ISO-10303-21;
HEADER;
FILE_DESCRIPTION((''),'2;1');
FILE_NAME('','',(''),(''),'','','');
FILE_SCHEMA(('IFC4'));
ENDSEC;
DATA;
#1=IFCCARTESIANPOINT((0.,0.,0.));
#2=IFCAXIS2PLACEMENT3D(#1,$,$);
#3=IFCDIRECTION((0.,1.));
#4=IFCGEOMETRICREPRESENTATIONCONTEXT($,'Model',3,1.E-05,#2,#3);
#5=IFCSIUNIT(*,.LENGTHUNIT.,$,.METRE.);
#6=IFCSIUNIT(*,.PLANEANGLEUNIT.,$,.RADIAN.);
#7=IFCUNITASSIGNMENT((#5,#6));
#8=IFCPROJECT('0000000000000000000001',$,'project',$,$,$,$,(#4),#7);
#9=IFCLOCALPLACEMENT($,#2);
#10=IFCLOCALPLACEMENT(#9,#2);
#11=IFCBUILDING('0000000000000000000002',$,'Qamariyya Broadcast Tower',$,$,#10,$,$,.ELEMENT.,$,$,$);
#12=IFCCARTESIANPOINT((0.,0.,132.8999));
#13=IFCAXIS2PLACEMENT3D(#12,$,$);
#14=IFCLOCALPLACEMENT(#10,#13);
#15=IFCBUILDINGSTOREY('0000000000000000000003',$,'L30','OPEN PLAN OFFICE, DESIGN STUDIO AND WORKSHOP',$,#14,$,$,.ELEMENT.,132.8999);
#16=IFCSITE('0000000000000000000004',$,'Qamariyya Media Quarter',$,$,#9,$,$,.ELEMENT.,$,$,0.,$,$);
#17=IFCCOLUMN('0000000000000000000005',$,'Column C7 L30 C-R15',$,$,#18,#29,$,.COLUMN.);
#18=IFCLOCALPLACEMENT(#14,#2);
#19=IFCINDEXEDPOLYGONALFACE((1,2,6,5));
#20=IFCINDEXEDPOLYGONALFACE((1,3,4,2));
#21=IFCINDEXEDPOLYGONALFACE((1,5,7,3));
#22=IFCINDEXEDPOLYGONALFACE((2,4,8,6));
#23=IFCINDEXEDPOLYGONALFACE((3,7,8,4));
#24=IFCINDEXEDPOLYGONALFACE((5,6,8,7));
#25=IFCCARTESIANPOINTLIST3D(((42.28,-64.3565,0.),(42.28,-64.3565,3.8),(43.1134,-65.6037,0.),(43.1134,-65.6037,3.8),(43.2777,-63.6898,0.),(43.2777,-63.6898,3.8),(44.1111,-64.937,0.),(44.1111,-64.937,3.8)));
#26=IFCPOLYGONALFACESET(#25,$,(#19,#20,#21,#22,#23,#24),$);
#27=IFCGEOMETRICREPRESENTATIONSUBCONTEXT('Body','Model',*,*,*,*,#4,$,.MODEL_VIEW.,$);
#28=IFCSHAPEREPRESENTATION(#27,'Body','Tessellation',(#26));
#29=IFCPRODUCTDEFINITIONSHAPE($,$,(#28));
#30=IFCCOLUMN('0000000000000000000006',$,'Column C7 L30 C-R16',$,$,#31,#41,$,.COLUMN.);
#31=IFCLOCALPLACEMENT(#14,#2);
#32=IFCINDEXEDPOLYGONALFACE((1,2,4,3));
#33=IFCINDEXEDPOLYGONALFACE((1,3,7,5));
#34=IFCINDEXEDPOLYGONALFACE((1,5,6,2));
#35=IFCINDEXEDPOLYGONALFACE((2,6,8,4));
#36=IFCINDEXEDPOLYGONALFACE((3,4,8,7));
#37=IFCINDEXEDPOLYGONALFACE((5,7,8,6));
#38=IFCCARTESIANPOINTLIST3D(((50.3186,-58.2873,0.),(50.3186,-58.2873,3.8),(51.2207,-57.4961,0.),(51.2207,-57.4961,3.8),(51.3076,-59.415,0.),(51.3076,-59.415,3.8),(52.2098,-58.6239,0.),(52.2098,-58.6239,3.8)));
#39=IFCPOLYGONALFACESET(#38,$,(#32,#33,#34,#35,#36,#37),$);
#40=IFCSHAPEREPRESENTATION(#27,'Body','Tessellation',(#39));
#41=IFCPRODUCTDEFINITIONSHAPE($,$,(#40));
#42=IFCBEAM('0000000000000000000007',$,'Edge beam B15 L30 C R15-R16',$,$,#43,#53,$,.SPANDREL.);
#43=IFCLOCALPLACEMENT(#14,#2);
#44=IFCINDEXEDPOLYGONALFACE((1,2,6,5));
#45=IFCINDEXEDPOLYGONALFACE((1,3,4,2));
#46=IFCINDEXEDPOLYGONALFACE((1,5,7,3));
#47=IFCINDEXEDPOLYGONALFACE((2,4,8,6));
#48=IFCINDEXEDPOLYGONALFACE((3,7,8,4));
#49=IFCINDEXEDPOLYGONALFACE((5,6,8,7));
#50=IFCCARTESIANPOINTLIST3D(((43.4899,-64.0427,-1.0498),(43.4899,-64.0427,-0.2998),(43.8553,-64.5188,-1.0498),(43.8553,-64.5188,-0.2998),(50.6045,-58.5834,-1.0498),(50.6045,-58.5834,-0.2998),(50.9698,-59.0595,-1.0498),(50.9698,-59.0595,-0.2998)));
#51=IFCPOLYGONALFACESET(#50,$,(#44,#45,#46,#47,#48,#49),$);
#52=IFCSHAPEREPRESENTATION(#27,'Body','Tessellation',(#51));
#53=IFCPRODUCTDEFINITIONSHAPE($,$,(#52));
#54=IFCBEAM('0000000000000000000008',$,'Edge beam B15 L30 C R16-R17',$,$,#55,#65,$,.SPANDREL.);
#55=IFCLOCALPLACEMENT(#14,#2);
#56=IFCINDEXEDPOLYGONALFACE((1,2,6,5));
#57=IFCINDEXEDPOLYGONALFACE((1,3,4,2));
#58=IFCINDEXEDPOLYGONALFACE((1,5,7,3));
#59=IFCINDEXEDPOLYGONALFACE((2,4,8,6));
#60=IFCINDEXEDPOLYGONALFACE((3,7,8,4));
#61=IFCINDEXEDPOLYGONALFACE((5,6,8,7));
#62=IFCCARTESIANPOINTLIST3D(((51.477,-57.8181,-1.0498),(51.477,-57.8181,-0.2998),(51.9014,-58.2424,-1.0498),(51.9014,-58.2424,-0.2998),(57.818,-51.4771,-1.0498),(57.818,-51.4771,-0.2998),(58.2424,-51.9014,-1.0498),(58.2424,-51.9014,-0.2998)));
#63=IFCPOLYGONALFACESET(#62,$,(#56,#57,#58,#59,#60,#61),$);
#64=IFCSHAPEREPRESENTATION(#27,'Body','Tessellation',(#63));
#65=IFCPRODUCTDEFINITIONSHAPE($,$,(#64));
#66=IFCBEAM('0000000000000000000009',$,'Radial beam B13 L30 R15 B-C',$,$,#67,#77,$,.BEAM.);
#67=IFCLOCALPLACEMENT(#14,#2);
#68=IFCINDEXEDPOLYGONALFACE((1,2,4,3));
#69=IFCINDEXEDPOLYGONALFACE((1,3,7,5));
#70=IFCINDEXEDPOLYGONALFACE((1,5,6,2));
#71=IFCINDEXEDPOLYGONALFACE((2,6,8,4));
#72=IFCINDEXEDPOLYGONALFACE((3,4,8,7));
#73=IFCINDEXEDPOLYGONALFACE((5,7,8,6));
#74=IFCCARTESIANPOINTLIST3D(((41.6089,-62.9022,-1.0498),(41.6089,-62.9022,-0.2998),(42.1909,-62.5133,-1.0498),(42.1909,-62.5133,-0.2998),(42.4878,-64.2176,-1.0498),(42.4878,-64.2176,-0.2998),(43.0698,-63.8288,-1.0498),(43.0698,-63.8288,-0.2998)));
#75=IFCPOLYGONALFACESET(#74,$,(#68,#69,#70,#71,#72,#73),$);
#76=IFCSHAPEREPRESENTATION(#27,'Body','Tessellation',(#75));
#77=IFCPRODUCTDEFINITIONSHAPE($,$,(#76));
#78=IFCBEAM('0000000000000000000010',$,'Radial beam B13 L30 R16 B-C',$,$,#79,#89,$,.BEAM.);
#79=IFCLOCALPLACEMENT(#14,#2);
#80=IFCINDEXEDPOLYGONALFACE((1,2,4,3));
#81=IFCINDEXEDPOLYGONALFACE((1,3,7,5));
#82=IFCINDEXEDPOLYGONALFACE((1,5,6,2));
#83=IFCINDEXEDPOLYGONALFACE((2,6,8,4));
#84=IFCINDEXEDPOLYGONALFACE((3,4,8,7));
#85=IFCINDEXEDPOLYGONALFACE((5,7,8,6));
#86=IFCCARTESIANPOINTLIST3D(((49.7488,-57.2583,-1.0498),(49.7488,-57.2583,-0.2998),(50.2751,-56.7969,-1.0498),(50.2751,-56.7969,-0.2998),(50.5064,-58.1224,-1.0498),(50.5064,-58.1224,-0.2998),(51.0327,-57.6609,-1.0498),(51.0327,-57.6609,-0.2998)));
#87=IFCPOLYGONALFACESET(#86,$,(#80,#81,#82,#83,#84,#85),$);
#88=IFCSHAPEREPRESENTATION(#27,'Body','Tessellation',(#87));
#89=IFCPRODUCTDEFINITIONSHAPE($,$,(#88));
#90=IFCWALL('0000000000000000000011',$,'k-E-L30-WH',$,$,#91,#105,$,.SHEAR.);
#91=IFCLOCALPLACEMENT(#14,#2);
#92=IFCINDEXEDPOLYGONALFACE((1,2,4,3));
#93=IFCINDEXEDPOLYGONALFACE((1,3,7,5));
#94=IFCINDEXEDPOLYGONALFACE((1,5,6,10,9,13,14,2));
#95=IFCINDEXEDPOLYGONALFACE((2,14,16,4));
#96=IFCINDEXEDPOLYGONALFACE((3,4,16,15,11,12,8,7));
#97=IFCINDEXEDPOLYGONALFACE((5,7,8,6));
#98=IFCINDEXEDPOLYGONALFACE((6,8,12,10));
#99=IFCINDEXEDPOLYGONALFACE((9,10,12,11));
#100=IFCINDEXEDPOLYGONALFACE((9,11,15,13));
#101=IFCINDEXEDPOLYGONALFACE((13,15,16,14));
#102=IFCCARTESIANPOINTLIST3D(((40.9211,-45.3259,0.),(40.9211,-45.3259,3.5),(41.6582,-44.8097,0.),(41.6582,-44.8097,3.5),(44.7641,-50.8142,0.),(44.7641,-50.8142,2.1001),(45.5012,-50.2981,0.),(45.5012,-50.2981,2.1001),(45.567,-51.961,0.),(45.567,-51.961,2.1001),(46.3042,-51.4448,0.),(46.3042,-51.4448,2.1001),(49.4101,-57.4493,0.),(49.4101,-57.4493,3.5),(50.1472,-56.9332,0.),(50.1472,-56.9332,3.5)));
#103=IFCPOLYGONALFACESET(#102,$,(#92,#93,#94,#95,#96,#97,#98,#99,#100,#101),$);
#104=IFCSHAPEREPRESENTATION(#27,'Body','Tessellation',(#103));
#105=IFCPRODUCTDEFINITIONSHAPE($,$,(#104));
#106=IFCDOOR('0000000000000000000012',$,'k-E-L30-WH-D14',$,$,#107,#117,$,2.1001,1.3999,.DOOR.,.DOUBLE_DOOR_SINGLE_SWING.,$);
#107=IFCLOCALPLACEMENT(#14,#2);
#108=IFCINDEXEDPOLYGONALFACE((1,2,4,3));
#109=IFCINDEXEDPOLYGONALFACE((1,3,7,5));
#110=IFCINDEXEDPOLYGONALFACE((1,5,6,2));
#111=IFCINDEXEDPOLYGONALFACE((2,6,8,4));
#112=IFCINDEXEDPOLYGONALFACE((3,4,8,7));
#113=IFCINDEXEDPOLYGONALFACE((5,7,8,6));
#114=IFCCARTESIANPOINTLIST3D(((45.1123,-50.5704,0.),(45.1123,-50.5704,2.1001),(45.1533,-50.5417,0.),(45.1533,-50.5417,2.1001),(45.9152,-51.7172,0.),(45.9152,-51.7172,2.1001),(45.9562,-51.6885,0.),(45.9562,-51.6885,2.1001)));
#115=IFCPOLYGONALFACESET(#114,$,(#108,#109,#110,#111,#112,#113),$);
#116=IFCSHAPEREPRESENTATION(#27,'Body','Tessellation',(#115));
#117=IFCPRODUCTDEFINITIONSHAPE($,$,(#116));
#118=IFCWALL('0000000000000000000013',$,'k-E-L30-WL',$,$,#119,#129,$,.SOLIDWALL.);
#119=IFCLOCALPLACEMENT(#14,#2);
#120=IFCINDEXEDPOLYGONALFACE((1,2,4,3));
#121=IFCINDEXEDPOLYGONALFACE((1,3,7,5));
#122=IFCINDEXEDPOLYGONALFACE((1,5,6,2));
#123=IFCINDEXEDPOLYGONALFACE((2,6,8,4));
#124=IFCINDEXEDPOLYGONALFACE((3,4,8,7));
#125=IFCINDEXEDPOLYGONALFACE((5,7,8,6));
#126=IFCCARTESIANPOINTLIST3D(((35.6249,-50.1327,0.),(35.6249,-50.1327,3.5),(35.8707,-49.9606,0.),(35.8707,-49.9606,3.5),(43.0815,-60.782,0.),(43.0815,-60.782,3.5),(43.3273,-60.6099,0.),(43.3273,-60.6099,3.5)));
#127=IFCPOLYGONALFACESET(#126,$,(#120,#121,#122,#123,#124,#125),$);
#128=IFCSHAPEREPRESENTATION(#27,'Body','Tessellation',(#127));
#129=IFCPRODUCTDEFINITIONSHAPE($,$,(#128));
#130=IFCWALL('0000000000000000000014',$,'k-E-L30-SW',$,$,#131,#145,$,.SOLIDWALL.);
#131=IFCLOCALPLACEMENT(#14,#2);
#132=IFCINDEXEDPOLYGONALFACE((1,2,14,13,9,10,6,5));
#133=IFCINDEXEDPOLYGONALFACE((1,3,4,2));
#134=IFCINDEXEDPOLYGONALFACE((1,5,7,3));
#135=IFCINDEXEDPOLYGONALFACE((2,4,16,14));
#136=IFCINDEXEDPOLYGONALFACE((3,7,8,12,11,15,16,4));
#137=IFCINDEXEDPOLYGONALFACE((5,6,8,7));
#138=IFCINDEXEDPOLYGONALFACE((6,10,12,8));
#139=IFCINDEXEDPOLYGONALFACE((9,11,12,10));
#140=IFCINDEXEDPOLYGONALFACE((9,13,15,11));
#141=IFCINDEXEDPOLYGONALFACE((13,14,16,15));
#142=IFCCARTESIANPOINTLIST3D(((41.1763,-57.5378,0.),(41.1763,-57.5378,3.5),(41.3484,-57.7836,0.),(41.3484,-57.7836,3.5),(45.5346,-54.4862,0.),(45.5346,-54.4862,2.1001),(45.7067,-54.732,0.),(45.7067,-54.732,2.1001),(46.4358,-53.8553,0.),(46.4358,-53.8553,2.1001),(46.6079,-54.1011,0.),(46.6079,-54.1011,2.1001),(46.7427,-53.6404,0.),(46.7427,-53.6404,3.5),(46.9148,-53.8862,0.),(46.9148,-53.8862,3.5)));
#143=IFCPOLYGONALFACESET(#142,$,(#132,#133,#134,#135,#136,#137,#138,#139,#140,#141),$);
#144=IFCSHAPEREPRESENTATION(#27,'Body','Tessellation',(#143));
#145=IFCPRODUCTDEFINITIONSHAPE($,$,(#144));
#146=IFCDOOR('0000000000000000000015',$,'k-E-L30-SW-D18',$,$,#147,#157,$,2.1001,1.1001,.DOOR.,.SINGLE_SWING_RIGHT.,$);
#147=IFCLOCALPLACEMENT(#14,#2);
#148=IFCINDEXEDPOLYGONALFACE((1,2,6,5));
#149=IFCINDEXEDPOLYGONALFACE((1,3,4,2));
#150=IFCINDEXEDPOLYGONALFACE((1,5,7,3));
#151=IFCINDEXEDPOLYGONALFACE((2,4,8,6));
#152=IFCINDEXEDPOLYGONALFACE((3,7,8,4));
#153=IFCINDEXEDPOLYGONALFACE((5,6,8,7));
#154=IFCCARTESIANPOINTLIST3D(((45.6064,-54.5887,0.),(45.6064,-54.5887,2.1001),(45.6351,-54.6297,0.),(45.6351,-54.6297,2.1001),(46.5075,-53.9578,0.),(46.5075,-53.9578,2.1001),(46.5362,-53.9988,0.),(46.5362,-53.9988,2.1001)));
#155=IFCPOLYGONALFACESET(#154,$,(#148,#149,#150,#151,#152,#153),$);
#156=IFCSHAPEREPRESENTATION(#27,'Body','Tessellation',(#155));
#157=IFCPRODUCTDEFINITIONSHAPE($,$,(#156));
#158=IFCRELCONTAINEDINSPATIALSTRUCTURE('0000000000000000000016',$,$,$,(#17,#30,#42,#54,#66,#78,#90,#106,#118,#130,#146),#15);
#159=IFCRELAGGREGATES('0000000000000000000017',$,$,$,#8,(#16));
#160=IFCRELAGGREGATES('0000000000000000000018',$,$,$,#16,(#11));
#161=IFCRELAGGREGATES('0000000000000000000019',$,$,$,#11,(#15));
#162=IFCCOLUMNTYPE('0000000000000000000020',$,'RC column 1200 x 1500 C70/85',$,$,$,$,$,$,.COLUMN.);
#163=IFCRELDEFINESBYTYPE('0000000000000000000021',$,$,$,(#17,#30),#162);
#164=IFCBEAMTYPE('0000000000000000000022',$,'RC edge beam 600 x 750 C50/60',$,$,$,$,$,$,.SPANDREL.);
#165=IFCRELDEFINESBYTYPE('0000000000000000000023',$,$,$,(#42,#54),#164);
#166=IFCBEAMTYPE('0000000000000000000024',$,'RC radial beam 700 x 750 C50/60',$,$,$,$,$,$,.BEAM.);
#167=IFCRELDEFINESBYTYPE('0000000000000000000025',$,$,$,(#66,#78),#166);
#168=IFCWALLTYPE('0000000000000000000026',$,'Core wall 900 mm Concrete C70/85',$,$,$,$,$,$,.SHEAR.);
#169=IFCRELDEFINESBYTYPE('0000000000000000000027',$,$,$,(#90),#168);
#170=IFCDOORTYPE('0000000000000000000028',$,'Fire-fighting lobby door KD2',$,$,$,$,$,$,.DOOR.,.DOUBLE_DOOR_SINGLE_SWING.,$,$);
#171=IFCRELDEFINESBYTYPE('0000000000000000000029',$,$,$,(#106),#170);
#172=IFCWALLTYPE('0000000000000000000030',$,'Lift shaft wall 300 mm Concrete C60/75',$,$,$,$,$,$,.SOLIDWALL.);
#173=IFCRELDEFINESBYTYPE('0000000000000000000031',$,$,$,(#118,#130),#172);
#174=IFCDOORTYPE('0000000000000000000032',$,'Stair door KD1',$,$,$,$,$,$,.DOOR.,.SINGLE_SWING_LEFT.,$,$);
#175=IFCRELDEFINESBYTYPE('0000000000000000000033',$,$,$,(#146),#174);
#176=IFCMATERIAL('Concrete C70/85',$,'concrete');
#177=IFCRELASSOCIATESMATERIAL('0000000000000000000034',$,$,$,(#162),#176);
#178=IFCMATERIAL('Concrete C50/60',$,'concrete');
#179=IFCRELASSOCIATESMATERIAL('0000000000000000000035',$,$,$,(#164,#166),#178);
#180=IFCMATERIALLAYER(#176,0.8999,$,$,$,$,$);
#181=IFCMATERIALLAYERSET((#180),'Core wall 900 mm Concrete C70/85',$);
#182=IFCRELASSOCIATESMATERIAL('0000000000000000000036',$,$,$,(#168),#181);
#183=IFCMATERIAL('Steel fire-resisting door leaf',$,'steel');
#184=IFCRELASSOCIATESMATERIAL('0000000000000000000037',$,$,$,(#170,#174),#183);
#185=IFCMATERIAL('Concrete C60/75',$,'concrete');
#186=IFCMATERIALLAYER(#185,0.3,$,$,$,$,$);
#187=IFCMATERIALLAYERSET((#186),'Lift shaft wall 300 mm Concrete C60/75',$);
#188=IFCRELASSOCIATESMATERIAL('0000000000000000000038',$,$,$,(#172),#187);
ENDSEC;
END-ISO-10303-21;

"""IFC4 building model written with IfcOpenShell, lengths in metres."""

from ifc_helpers import new_model, si_unit, direction, frame, frame_2d, origin, origin_2d, place, context, subcontext, project, spatial, rectangle, extrude, material, layer, layer_set, material_profile, profile_set, type_object, element, fill, save


model = new_model("IFC4")

# Units and contexts
model_context = context("Model", 3, precision=1e-05, world=origin(), true_north=direction((0.0, 1.0)))
body_context = subcontext(model_context, "Body", "Model", "MODEL_VIEW")
ifc_project = project(units=[si_unit("LENGTHUNIT", "METRE"), si_unit("PLANEANGLEUNIT", "RADIAN")], contexts=[model_context])

# Site, building, storey
site_placement = place(None, origin())
site = spatial("IfcSite", under=ifc_project, at=site_placement, Name="Qamariyya Media Quarter", CompositionType="ELEMENT", RefElevation=0.0)
building_placement = place(site_placement, origin())
building = spatial("IfcBuilding", under=site, at=building_placement, Name="Qamariyya Broadcast Tower", CompositionType="ELEMENT")
storey_placement = place(building_placement, frame((0.0, 0.0, 132.8999)))
storey = spatial("IfcBuildingStorey", under=building, at=storey_placement, Name="L30", Description="OPEN PLAN OFFICE, DESIGN STUDIO AND WORKSHOP", CompositionType="ELEMENT", Elevation=132.8999)

# Columns
ifc_material_1 = material(Name="Concrete C70/85", Category="concrete")
ifc_material_profile_1 = material_profile(ifc_material_1, rectangle(XDim=1.2, YDim=1.5, at=origin_2d()))
ifc_profile_set_1 = profile_set([ifc_material_profile_1], Name="Concrete C70/85")
column_type = type_object("IfcColumnType", Name="RC column 1200 x 1500 C70/85", PredefinedType="COLUMN", material=ifc_profile_set_1)
for number, where, z_axis, x_axis, name in (
    (1, (43.1956, -64.6467, 0.0), (0.0, 0.0, 1.0), (0.83147, 0.55557, 0.0), "Column C7 L30 C-R15"),
    (2, (51.2642, -58.4556, 0.0), (0.0, 0.0, 1.0), (0.75184, 0.659346, 0.0), "Column C7 L30 C-R16"),
):
    element("IfcColumn", number, at=place(storey_placement, frame(where, z_axis=z_axis, x_axis=x_axis)), inside=storey, type_object=column_type, Name=name, PredefinedType="COLUMN", context=body_context, shape_type="SweptSolid", body=[
        extrude(rectangle(XDim=1.2, YDim=1.5, at=origin_2d()), origin(), (0.0, 0.0, 1.0), 3.8),
    ])

# Beams
ifc_material_2 = material(Name="Concrete C50/60", Category="concrete")
ifc_material_profile_2 = material_profile(ifc_material_2, rectangle(XDim=0.6001, YDim=0.75, at=origin_2d()))
ifc_profile_set_2 = profile_set([ifc_material_profile_2], Name="Concrete C50/60")
beam_type_1 = type_object("IfcBeamType", Name="RC edge beam 600 x 750 C50/60", PredefinedType="SPANDREL", material=ifc_profile_set_2)
beam_1_placement = place(storey_placement, frame((43.6726, -64.2808, -0.6748), z_axis=(0.793349, 0.608767, 0.0), x_axis=(-0.608767, 0.793349, 0.0)))
element("IfcBeam", 3, at=beam_1_placement, inside=storey, type_object=beam_type_1, Name="Edge beam B15 L30 C R15-R16", PredefinedType="SPANDREL", context=body_context, shape_type="SweptSolid", body=[
    extrude(rectangle(XDim=0.6001, YDim=0.75, at=origin_2d()), origin(), (0.0, 0.0, 1.0), 8.9678),
])
beam_2_placement = place(storey_placement, frame((51.6892, -58.0303, -0.6748), z_axis=(0.707107, 0.707107, 0.0), x_axis=(-0.707107, 0.707107, 0.0)))
element("IfcBeam", 4, at=beam_2_placement, inside=storey, type_object=beam_type_1, Name="Edge beam B15 L30 C R16-R17", PredefinedType="SPANDREL", context=body_context, shape_type="SweptSolid", body=[
    extrude(rectangle(XDim=0.6001, YDim=0.75, at=origin_2d()), origin(), (0.0, 0.0, 1.0), 8.9675),
])
ifc_material_profile_3 = material_profile(ifc_material_2, rectangle(XDim=0.7, YDim=0.75, at=origin_2d()))
ifc_profile_set_3 = profile_set([ifc_material_profile_3], Name="Concrete C50/60")
beam_type_2 = type_object("IfcBeamType", Name="RC radial beam 700 x 750 C50/60", PredefinedType="BEAM", material=ifc_profile_set_3)
beam_3_placement = place(storey_placement, frame((41.8999, -62.7078, -0.6748), z_axis=(0.555555, -0.83148, 0.0), x_axis=(0.83148, 0.555555, 0.0)))
element("IfcBeam", 5, at=beam_3_placement, inside=storey, type_object=beam_type_2, Name="Radial beam B13 L30 R15 B-C", PredefinedType="BEAM", context=body_context, shape_type="SweptSolid", body=[
    extrude(rectangle(XDim=0.7, YDim=0.75, at=origin_2d()), origin(), (0.0, 0.0, 1.0), 1.582),
])
beam_4_placement = place(storey_placement, frame((50.012, -57.0276, -0.6748), z_axis=(0.659271, -0.751905, 0.0), x_axis=(0.751905, 0.659271, 0.0)))
element("IfcBeam", 6, at=beam_4_placement, inside=storey, type_object=beam_type_2, Name="Radial beam B13 L30 R16 B-C", PredefinedType="BEAM", context=body_context, shape_type="SweptSolid", body=[
    extrude(rectangle(XDim=0.7, YDim=0.75, at=origin_2d()), origin(), (0.0, 0.0, 1.0), 1.1492),
])

# Wall, opening, door
ifc_layer_1 = layer(ifc_material_1, 0.8999)
ifc_layer_set_1 = layer_set([ifc_layer_1], Name="Core wall 900 mm Concrete C70/85")
wall_type_1 = type_object("IfcWallType", Name="Core wall 900 mm Concrete C70/85", PredefinedType="SHEAR", material=ifc_layer_set_1)
wall_1_placement = place(storey_placement, frame((49.7786, -57.1912, 0.0), z_axis=(0.0, 0.0, 1.0), x_axis=(-0.573577, 0.819151, 0.0)))
wall_1 = element("IfcWall", 7, at=wall_1_placement, inside=storey, type_object=wall_type_1, Name="k-E-L30-WH", PredefinedType="SHEAR", context=body_context, shape_type="SweptSolid", body=[
    extrude(rectangle(XDim=14.8, YDim=0.8999, at=frame_2d((7.3999, 0.0))), origin(), (0.0, 0.0, 1.0), 3.5),
])
opening_1_placement = place(wall_1_placement, frame((6.7, 0.0, 0.0)))
opening_1 = element("IfcOpeningElement", 8, at=opening_1_placement, cuts=wall_1, PredefinedType="OPENING", context=body_context, shape_type="SweptSolid", body=[
    extrude(rectangle(XDim=1.3999, YDim=2.1001, at=frame_2d((0.7, 1.05))), frame((0.0, 0.46, 0.0), z_axis=(0.0, -1.0, 0.0), x_axis=(1.0, 0.0, 0.0)), (0.0, 0.0, 1.0), 0.9199),
])
ifc_material_3 = material(Name="Steel fire-resisting door leaf", Category="steel")
door_type_1 = type_object("IfcDoorType", Name="Fire-fighting lobby door KD2", OperationType="DOUBLE_DOOR_SINGLE_SWING", PredefinedType="DOOR", material=ifc_material_3)
door_1_placement = place(opening_1_placement, origin())
door_1 = element("IfcDoor", 9, at=door_1_placement, inside=storey, type_object=door_type_1, Name="k-E-L30-WH-D14", OperationType="DOUBLE_DOOR_SINGLE_SWING", OverallHeight=2.1001, OverallWidth=1.3999, PredefinedType="DOOR", context=body_context, shape_type="SweptSolid", body=[
    extrude(rectangle(XDim=1.3999, YDim=2.1001, at=frame_2d((0.7, 1.05))), frame((0.0, 0.0249, 0.0), z_axis=(0.0, -1.0, 0.0), x_axis=(1.0, 0.0, 0.0)), (0.0, 0.0, 1.0), 0.05),
])
fill(opening_1, door_1)

# Wall
ifc_material_4 = material(Name="Concrete C60/75", Category="concrete")
ifc_layer_2 = layer(ifc_material_4, 0.3)
ifc_layer_set_2 = layer_set([ifc_layer_2], Name="Lift shaft wall 300 mm Concrete C60/75")
wall_type_2 = type_object("IfcWallType", Name="Lift shaft wall 300 mm Concrete C60/75", PredefinedType="SOLIDWALL", material=ifc_layer_set_2)
wall_2_placement = place(storey_placement, frame((43.2043, -60.6958, 0.0), z_axis=(0.0, 0.0, 1.0), x_axis=(-0.573572, 0.819155, 0.0)))
element("IfcWall", 10, at=wall_2_placement, inside=storey, type_object=wall_type_2, Name="k-E-L30-WL", PredefinedType="SOLIDWALL", context=body_context, shape_type="SweptSolid", body=[
    extrude(rectangle(XDim=13.0002, YDim=0.3, at=frame_2d((6.5, 0.0))), origin(), (0.0, 0.0, 1.0), 3.5),
])

# Wall, opening, door
wall_3_placement = place(storey_placement, frame((41.2625, -57.6606, 0.0), z_axis=(0.0, 0.0, 1.0), x_axis=(0.819164, 0.573559, 0.0)))
wall_3 = element("IfcWall", 11, at=wall_3_placement, inside=storey, type_object=wall_type_2, Name="k-E-L30-SW", PredefinedType="SOLIDWALL", context=body_context, shape_type="SweptSolid", body=[
    extrude(rectangle(XDim=6.7952, YDim=0.3, at=frame_2d((3.3975, 0.0))), origin(), (0.0, 0.0, 1.0), 3.5),
])
opening_2_placement = place(wall_3_placement, frame((5.3203, 0.0, 0.0)))
opening_2 = element("IfcOpeningElement", 12, at=opening_2_placement, cuts=wall_3, PredefinedType="OPENING", context=body_context, shape_type="SweptSolid", body=[
    extrude(rectangle(XDim=1.1001, YDim=2.1001, at=frame_2d((0.55, 1.05))), frame((0.0, 0.1599, 0.0), z_axis=(0.0, -1.0, 0.0), x_axis=(1.0, 0.0, 0.0)), (0.0, 0.0, 1.0), 0.3201),
])
door_type_2 = type_object("IfcDoorType", Name="Stair door KD1", OperationType="SINGLE_SWING_LEFT", PredefinedType="DOOR", material=ifc_material_3)
door_2_placement = place(opening_2_placement, origin())
door_2 = element("IfcDoor", 13, at=door_2_placement, inside=storey, type_object=door_type_2, Name="k-E-L30-SW-D18", OperationType="SINGLE_SWING_RIGHT", OverallHeight=2.1001, OverallWidth=1.1001, PredefinedType="DOOR", context=body_context, shape_type="SweptSolid", body=[
    extrude(rectangle(XDim=1.1001, YDim=2.1001, at=frame_2d((0.55, 1.05))), frame((0.0, 0.0249, 0.0), z_axis=(0.0, -1.0, 0.0), x_axis=(1.0, 0.0, 0.0)), (0.0, 0.0, 1.0), 0.05),
])
fill(opening_2, door_2)

save(model, "model.ifc")
